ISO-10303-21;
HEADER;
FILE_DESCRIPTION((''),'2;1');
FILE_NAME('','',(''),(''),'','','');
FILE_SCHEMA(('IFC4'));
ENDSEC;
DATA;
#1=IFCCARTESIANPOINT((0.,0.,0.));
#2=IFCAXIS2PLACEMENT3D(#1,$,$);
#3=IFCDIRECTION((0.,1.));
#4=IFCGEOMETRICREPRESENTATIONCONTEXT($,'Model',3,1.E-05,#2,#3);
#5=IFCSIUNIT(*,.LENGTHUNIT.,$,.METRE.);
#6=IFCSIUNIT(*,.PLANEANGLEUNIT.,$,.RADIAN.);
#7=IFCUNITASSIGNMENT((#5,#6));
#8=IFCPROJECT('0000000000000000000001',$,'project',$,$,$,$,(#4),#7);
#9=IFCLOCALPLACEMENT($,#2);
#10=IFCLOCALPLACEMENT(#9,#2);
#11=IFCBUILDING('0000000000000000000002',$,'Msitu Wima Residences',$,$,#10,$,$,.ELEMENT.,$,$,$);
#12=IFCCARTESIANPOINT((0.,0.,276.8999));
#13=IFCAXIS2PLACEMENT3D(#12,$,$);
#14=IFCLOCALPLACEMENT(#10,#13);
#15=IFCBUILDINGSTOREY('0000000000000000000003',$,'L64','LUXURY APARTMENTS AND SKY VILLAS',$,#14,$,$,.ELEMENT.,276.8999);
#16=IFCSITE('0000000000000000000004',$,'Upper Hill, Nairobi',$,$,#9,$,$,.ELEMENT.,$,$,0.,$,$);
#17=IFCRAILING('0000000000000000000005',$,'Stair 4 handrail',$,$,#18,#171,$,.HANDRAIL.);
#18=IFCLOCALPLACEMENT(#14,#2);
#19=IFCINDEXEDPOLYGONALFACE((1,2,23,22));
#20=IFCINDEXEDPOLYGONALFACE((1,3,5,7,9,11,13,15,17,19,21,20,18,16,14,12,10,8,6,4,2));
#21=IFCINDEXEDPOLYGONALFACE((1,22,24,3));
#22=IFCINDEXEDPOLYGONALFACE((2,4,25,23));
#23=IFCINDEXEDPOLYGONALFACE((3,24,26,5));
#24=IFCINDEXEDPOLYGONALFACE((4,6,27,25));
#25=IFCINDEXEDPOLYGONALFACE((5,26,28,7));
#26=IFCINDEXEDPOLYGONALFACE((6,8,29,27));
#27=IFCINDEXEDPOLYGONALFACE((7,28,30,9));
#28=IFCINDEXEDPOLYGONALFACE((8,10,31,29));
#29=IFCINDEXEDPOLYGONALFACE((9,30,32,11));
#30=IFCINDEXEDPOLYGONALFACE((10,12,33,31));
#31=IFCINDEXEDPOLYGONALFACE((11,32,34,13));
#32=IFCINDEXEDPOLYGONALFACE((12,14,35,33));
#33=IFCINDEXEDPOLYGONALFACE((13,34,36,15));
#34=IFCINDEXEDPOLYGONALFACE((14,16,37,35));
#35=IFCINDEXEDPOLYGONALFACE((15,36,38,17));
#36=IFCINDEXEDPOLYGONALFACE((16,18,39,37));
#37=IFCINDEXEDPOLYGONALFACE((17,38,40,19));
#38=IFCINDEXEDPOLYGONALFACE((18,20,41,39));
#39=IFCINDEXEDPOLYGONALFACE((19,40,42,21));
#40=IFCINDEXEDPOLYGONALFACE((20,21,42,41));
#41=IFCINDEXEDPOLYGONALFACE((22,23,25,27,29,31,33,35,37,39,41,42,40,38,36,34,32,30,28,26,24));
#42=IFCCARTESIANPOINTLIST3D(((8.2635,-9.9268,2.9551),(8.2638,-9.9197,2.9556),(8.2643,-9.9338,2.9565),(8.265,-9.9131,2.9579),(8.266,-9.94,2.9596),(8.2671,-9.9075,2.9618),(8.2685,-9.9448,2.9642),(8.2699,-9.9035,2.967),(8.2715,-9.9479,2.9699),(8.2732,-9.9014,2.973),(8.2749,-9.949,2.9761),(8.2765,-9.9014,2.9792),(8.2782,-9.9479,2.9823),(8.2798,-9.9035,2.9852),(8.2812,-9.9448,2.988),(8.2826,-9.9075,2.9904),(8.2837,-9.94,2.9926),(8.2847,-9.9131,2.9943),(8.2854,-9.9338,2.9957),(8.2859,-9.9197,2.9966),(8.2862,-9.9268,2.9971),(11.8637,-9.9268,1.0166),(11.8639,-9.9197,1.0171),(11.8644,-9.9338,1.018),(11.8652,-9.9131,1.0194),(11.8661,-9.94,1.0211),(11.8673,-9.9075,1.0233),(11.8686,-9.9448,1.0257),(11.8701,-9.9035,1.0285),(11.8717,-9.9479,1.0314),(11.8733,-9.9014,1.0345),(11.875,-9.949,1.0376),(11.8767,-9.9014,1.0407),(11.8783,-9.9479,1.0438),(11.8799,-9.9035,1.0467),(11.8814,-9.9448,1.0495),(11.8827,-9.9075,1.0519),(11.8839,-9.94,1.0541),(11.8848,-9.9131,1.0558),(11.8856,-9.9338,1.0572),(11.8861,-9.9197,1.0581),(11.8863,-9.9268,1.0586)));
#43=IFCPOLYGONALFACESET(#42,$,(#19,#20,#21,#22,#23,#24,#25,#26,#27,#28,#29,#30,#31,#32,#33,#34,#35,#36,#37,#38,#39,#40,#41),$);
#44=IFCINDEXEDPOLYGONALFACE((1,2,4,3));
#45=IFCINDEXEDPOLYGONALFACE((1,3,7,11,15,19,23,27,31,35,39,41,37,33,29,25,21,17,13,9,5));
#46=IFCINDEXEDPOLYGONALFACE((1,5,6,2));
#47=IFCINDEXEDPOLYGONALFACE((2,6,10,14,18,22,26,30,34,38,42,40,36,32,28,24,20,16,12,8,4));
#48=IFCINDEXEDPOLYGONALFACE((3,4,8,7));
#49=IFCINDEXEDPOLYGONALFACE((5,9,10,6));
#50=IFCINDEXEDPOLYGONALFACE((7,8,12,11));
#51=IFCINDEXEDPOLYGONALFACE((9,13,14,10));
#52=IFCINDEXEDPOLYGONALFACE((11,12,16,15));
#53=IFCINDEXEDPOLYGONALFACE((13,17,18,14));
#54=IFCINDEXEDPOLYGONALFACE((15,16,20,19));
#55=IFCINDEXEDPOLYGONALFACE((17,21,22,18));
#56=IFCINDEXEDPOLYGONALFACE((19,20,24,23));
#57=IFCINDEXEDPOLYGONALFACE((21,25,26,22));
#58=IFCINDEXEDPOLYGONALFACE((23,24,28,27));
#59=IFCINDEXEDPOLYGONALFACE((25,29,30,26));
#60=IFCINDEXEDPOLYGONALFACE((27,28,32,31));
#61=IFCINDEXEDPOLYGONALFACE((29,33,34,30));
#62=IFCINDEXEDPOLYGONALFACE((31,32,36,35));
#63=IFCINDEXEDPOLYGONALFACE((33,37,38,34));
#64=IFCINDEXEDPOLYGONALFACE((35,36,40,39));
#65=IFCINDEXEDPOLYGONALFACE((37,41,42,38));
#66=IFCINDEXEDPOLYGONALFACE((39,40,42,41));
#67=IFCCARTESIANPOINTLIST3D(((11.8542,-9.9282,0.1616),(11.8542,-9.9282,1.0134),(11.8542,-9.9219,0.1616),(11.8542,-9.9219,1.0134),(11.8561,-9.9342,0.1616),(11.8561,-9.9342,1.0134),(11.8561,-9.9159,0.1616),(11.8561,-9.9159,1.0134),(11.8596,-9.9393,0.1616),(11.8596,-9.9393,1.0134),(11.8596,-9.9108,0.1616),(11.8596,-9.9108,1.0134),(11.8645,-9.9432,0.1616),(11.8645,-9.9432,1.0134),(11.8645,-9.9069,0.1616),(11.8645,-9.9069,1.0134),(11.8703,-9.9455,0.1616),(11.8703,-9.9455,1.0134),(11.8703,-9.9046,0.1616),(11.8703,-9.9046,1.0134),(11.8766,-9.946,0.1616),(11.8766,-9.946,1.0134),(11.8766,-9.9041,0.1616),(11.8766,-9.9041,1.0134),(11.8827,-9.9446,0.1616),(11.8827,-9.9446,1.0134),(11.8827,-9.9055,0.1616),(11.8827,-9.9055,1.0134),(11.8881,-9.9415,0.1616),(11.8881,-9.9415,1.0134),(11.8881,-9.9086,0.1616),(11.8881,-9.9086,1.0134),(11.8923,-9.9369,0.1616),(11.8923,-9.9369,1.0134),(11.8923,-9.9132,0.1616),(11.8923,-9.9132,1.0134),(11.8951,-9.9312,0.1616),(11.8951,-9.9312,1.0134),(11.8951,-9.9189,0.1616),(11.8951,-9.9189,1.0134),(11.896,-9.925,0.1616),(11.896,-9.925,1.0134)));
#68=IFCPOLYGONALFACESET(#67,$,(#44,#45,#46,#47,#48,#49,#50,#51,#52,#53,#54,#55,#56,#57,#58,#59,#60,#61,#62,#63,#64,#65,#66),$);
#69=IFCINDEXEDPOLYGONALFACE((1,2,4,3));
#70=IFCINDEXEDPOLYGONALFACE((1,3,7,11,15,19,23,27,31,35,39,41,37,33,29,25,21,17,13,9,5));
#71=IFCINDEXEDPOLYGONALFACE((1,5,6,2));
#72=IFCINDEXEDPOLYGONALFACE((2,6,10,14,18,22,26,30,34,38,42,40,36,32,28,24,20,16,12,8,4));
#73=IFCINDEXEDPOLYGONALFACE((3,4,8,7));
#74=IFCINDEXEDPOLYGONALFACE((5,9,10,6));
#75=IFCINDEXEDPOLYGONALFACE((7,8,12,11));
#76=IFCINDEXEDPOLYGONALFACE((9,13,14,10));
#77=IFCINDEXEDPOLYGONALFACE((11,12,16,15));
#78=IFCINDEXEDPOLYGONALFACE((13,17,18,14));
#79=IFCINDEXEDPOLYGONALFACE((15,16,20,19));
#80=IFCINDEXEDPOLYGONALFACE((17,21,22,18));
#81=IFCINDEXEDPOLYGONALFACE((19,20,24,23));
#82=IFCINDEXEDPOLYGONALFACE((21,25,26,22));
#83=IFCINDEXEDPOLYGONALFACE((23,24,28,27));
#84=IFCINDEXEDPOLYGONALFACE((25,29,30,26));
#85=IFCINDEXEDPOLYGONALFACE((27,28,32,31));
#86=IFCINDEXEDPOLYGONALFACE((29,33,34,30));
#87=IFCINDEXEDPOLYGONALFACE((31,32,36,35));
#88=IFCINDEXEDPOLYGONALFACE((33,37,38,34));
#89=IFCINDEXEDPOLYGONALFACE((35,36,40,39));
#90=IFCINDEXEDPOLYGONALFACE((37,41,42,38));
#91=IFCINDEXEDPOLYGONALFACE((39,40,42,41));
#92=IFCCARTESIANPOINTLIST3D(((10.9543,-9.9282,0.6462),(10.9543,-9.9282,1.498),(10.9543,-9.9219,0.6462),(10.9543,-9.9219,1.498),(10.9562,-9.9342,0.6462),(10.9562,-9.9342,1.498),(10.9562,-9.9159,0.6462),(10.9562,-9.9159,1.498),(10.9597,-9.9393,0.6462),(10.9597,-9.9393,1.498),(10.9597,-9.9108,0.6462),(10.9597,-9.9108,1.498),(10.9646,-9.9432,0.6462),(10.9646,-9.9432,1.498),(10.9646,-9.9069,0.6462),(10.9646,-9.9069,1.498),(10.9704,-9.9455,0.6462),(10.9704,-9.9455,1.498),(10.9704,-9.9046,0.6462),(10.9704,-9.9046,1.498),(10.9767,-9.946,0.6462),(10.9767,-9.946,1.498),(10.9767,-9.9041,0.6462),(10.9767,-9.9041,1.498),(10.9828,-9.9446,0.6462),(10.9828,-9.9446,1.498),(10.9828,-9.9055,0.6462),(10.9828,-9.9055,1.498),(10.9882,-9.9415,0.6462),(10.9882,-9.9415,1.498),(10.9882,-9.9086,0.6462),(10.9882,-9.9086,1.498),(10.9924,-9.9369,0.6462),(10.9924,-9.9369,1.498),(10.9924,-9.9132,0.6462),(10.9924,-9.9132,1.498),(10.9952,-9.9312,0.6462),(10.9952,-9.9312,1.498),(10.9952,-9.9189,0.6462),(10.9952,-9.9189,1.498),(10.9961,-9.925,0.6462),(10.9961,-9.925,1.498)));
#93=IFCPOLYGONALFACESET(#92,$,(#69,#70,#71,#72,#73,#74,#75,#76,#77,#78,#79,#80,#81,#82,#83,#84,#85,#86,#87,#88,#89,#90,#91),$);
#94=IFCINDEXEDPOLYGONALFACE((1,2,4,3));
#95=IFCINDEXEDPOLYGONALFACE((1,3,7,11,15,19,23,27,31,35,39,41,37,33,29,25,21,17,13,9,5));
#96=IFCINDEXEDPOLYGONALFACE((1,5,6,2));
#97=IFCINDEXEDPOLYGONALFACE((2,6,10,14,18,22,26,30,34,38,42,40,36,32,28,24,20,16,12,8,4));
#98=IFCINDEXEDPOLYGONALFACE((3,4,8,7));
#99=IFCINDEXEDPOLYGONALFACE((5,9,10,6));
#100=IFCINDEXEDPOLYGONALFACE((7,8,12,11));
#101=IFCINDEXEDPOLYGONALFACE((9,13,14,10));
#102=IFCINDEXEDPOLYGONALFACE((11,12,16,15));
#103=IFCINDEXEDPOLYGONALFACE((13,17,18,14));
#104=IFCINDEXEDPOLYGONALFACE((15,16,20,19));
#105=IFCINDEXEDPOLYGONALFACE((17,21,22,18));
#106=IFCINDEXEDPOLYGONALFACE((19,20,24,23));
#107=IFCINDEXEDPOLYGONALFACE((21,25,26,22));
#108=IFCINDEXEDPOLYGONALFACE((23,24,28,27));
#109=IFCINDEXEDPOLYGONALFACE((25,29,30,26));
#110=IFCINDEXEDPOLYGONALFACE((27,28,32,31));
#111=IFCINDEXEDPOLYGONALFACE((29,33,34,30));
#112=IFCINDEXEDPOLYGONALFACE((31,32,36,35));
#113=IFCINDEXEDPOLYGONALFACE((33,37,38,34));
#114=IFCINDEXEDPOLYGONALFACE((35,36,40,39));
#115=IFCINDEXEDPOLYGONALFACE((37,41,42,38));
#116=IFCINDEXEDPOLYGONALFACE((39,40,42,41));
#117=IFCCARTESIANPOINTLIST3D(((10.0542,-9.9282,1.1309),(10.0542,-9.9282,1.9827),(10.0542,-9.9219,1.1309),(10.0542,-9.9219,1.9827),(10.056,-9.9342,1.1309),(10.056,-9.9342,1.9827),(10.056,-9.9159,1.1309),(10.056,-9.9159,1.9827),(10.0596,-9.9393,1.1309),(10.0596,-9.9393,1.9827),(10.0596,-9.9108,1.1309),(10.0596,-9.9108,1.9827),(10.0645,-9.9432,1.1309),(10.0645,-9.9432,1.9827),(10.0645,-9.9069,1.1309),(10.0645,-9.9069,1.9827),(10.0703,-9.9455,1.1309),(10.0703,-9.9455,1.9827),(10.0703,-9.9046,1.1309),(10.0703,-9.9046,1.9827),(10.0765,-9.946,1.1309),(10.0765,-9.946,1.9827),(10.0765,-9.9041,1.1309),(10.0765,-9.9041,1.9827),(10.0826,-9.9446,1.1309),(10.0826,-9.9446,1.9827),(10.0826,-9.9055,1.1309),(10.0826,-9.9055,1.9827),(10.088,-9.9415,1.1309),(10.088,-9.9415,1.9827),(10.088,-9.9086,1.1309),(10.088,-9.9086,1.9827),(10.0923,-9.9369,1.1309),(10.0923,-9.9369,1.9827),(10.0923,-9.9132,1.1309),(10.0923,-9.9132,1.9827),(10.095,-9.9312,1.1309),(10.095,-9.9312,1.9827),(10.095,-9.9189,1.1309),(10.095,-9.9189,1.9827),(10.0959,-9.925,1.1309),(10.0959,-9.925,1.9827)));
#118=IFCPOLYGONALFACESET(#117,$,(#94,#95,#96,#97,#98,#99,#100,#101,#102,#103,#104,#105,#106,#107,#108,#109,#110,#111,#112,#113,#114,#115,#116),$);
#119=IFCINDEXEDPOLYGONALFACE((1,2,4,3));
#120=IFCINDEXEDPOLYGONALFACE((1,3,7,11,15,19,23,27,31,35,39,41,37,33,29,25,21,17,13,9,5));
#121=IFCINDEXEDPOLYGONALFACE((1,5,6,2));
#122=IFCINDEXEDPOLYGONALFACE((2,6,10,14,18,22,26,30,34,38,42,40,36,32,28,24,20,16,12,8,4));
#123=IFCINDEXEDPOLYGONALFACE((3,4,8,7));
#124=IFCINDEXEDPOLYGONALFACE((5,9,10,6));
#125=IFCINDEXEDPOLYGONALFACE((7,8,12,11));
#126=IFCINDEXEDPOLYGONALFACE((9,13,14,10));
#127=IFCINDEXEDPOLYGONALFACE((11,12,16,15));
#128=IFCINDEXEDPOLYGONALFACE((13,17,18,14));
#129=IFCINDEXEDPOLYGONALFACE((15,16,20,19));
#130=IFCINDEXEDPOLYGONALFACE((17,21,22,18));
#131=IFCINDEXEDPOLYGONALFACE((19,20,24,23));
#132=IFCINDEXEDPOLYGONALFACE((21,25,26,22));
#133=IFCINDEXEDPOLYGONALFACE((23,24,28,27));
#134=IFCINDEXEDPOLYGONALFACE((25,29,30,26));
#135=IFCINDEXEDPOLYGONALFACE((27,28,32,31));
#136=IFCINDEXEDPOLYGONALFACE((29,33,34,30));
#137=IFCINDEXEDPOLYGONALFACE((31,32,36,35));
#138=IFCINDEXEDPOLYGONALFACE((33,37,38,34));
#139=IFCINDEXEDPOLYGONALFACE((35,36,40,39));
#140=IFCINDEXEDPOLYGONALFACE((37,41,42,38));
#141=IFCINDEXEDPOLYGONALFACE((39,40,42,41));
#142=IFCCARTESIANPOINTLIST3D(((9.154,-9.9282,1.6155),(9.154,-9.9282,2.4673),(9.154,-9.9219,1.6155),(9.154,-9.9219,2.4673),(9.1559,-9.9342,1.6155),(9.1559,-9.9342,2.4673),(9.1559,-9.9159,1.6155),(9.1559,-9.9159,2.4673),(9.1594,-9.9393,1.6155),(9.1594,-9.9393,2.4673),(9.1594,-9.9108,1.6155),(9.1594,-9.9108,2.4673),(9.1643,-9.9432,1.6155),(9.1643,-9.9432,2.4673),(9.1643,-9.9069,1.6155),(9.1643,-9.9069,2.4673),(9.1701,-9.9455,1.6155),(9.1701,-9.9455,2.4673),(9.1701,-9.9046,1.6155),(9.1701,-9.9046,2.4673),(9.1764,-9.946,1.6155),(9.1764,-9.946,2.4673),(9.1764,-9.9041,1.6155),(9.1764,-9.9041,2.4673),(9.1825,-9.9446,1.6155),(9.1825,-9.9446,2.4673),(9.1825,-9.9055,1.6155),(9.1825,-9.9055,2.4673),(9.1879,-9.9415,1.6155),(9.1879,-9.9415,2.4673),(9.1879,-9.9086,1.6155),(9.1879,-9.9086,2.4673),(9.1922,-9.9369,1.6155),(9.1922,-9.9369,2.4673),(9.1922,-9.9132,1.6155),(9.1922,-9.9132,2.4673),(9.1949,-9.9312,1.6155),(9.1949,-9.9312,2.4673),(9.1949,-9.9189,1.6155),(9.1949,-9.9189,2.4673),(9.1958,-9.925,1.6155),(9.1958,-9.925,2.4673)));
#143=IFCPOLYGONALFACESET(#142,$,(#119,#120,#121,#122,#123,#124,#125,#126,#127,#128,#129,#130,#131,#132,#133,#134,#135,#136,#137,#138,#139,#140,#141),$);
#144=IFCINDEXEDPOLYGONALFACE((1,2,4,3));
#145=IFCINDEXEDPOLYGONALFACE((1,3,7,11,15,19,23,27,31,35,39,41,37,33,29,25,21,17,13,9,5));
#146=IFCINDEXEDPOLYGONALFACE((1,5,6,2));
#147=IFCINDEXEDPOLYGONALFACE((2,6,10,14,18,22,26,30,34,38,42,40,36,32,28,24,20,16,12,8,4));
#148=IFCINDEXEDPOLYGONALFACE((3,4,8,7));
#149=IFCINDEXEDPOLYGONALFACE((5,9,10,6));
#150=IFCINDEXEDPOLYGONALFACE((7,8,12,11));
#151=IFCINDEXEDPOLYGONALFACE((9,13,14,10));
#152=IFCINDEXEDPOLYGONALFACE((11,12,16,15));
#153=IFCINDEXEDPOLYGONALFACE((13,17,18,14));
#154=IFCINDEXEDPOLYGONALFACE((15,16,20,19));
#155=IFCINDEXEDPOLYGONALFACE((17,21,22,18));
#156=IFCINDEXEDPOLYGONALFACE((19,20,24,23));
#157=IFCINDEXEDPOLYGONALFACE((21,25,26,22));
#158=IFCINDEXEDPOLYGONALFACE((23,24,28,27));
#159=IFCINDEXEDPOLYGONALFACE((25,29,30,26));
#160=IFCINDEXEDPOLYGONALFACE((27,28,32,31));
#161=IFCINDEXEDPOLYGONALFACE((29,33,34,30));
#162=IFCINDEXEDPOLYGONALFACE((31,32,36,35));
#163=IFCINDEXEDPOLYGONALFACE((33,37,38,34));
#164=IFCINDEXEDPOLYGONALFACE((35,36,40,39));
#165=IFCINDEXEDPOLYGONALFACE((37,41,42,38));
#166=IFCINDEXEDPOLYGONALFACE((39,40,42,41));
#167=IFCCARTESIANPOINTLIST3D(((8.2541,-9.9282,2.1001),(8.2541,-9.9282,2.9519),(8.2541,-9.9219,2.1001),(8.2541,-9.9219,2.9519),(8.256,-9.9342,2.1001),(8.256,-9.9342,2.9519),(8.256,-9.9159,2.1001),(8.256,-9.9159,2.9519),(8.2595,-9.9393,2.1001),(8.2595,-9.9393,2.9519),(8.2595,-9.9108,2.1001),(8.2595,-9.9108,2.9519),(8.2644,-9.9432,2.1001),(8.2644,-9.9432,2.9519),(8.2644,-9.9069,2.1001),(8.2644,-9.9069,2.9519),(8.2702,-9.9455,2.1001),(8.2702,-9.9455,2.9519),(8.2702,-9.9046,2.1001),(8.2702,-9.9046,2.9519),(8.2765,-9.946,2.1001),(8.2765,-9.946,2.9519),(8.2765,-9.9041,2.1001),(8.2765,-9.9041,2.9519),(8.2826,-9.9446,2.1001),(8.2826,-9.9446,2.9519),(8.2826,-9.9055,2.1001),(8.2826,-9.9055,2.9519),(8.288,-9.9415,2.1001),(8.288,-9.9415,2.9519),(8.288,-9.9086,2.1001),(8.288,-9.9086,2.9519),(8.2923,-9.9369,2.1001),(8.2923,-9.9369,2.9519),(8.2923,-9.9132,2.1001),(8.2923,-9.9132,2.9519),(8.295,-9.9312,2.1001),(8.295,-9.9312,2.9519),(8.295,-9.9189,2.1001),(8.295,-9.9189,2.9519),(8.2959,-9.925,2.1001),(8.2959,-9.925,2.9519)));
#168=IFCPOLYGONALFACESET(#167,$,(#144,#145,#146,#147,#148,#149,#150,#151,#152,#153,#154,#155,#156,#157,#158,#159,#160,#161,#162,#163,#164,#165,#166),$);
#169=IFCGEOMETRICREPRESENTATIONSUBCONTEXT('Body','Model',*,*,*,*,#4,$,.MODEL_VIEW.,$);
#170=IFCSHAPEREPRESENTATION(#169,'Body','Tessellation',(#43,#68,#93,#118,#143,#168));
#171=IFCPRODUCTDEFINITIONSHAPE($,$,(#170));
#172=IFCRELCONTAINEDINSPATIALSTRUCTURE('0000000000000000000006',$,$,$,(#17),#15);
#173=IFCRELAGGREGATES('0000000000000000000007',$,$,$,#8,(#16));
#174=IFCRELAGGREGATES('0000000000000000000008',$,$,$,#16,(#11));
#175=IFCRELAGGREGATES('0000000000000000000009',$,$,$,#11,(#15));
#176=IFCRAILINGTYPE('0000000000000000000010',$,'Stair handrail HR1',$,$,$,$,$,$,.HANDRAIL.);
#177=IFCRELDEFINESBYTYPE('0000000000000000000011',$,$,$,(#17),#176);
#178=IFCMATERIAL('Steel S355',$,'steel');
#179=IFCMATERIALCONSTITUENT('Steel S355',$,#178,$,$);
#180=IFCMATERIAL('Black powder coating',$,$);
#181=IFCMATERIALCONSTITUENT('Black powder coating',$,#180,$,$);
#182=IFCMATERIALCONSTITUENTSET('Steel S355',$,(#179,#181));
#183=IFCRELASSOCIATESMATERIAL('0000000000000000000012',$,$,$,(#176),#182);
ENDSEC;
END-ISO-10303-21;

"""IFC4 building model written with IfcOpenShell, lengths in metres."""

from ifc_helpers import new_model, si_unit, direction, frame, origin, origin_2d, place, context, subcontext, project, spatial, circle, extrude, material, constituent, constituent_set, type_object, element, save


model = new_model("IFC4")

# Units and contexts
model_context = context("Model", 3, precision=1e-05, world=origin(), true_north=direction((0.0, 1.0)))
body_context = subcontext(model_context, "Body", "Model", "MODEL_VIEW")
ifc_project = project(units=[si_unit("LENGTHUNIT", "METRE"), si_unit("PLANEANGLEUNIT", "RADIAN")], contexts=[model_context])

# Site, building, storey
site_placement = place(None, origin())
site = spatial("IfcSite", under=ifc_project, at=site_placement, Name="Upper Hill, Nairobi", CompositionType="ELEMENT", RefElevation=0.0)
building_placement = place(site_placement, origin())
building = spatial("IfcBuilding", under=site, at=building_placement, Name="Msitu Wima Residences", CompositionType="ELEMENT")
storey_placement = place(building_placement, frame((0.0, 0.0, 276.8999)))
storey = spatial("IfcBuildingStorey", under=building, at=storey_placement, Name="L64", Description="LUXURY APARTMENTS AND SKY VILLAS", CompositionType="ELEMENT", Elevation=276.8999)

# Railing
ifc_material_1 = material(Name="Steel S355", Category="steel")
ifc_constituent_1 = constituent(ifc_material_1, Name="Steel S355")
ifc_material_2 = material(Name="Black powder coating")
ifc_constituent_2 = constituent(ifc_material_2, Name="Black powder coating")
ifc_constituent_set = constituent_set(constituents=[ifc_constituent_1, ifc_constituent_2], Name="Steel S355")
railing_type = type_object("IfcRailingType", Name="Stair handrail HR1", PredefinedType="HANDRAIL", material=ifc_constituent_set)
for number, where, name in (
    (1, (11.875, -9.925, 0.1616), "Stair 4 handrail"),
):
    element("IfcRailing", number, at=place(storey_placement, frame(where)), inside=storey, type_object=railing_type, Name=name, PredefinedType="HANDRAIL", context=body_context, shape_type="SweptSolid", body=[
        extrude(circle(Radius=0.0239, at=origin_2d()), frame((0.0, 0.0, 0.876), z_axis=(-0.880475, 0.0, 0.474093), x_axis=(0.0, -1.0, 0.0)), (0.0, 0.0, 1.0), 4.0889),
        extrude(circle(Radius=0.021, at=origin_2d()), origin(), (0.0, 0.0, 1.0), 0.8518),
        extrude(circle(Radius=0.021, at=origin_2d()), frame((-0.8999, 0.0, 0.4846)), (0.0, 0.0, 1.0), 0.8518),
        extrude(circle(Radius=0.021, at=origin_2d()), frame((-1.8, 0.0, 0.9692)), (0.0, 0.0, 1.0), 0.8518),
        extrude(circle(Radius=0.021, at=origin_2d()), frame((-2.7002, 0.0, 1.4539)), (0.0, 0.0, 1.0), 0.8518),
        extrude(circle(Radius=0.021, at=origin_2d()), frame((-3.6001, 0.0, 1.9385)), (0.0, 0.0, 1.0), 0.8518),
    ])

save(model, "model.ifc")
